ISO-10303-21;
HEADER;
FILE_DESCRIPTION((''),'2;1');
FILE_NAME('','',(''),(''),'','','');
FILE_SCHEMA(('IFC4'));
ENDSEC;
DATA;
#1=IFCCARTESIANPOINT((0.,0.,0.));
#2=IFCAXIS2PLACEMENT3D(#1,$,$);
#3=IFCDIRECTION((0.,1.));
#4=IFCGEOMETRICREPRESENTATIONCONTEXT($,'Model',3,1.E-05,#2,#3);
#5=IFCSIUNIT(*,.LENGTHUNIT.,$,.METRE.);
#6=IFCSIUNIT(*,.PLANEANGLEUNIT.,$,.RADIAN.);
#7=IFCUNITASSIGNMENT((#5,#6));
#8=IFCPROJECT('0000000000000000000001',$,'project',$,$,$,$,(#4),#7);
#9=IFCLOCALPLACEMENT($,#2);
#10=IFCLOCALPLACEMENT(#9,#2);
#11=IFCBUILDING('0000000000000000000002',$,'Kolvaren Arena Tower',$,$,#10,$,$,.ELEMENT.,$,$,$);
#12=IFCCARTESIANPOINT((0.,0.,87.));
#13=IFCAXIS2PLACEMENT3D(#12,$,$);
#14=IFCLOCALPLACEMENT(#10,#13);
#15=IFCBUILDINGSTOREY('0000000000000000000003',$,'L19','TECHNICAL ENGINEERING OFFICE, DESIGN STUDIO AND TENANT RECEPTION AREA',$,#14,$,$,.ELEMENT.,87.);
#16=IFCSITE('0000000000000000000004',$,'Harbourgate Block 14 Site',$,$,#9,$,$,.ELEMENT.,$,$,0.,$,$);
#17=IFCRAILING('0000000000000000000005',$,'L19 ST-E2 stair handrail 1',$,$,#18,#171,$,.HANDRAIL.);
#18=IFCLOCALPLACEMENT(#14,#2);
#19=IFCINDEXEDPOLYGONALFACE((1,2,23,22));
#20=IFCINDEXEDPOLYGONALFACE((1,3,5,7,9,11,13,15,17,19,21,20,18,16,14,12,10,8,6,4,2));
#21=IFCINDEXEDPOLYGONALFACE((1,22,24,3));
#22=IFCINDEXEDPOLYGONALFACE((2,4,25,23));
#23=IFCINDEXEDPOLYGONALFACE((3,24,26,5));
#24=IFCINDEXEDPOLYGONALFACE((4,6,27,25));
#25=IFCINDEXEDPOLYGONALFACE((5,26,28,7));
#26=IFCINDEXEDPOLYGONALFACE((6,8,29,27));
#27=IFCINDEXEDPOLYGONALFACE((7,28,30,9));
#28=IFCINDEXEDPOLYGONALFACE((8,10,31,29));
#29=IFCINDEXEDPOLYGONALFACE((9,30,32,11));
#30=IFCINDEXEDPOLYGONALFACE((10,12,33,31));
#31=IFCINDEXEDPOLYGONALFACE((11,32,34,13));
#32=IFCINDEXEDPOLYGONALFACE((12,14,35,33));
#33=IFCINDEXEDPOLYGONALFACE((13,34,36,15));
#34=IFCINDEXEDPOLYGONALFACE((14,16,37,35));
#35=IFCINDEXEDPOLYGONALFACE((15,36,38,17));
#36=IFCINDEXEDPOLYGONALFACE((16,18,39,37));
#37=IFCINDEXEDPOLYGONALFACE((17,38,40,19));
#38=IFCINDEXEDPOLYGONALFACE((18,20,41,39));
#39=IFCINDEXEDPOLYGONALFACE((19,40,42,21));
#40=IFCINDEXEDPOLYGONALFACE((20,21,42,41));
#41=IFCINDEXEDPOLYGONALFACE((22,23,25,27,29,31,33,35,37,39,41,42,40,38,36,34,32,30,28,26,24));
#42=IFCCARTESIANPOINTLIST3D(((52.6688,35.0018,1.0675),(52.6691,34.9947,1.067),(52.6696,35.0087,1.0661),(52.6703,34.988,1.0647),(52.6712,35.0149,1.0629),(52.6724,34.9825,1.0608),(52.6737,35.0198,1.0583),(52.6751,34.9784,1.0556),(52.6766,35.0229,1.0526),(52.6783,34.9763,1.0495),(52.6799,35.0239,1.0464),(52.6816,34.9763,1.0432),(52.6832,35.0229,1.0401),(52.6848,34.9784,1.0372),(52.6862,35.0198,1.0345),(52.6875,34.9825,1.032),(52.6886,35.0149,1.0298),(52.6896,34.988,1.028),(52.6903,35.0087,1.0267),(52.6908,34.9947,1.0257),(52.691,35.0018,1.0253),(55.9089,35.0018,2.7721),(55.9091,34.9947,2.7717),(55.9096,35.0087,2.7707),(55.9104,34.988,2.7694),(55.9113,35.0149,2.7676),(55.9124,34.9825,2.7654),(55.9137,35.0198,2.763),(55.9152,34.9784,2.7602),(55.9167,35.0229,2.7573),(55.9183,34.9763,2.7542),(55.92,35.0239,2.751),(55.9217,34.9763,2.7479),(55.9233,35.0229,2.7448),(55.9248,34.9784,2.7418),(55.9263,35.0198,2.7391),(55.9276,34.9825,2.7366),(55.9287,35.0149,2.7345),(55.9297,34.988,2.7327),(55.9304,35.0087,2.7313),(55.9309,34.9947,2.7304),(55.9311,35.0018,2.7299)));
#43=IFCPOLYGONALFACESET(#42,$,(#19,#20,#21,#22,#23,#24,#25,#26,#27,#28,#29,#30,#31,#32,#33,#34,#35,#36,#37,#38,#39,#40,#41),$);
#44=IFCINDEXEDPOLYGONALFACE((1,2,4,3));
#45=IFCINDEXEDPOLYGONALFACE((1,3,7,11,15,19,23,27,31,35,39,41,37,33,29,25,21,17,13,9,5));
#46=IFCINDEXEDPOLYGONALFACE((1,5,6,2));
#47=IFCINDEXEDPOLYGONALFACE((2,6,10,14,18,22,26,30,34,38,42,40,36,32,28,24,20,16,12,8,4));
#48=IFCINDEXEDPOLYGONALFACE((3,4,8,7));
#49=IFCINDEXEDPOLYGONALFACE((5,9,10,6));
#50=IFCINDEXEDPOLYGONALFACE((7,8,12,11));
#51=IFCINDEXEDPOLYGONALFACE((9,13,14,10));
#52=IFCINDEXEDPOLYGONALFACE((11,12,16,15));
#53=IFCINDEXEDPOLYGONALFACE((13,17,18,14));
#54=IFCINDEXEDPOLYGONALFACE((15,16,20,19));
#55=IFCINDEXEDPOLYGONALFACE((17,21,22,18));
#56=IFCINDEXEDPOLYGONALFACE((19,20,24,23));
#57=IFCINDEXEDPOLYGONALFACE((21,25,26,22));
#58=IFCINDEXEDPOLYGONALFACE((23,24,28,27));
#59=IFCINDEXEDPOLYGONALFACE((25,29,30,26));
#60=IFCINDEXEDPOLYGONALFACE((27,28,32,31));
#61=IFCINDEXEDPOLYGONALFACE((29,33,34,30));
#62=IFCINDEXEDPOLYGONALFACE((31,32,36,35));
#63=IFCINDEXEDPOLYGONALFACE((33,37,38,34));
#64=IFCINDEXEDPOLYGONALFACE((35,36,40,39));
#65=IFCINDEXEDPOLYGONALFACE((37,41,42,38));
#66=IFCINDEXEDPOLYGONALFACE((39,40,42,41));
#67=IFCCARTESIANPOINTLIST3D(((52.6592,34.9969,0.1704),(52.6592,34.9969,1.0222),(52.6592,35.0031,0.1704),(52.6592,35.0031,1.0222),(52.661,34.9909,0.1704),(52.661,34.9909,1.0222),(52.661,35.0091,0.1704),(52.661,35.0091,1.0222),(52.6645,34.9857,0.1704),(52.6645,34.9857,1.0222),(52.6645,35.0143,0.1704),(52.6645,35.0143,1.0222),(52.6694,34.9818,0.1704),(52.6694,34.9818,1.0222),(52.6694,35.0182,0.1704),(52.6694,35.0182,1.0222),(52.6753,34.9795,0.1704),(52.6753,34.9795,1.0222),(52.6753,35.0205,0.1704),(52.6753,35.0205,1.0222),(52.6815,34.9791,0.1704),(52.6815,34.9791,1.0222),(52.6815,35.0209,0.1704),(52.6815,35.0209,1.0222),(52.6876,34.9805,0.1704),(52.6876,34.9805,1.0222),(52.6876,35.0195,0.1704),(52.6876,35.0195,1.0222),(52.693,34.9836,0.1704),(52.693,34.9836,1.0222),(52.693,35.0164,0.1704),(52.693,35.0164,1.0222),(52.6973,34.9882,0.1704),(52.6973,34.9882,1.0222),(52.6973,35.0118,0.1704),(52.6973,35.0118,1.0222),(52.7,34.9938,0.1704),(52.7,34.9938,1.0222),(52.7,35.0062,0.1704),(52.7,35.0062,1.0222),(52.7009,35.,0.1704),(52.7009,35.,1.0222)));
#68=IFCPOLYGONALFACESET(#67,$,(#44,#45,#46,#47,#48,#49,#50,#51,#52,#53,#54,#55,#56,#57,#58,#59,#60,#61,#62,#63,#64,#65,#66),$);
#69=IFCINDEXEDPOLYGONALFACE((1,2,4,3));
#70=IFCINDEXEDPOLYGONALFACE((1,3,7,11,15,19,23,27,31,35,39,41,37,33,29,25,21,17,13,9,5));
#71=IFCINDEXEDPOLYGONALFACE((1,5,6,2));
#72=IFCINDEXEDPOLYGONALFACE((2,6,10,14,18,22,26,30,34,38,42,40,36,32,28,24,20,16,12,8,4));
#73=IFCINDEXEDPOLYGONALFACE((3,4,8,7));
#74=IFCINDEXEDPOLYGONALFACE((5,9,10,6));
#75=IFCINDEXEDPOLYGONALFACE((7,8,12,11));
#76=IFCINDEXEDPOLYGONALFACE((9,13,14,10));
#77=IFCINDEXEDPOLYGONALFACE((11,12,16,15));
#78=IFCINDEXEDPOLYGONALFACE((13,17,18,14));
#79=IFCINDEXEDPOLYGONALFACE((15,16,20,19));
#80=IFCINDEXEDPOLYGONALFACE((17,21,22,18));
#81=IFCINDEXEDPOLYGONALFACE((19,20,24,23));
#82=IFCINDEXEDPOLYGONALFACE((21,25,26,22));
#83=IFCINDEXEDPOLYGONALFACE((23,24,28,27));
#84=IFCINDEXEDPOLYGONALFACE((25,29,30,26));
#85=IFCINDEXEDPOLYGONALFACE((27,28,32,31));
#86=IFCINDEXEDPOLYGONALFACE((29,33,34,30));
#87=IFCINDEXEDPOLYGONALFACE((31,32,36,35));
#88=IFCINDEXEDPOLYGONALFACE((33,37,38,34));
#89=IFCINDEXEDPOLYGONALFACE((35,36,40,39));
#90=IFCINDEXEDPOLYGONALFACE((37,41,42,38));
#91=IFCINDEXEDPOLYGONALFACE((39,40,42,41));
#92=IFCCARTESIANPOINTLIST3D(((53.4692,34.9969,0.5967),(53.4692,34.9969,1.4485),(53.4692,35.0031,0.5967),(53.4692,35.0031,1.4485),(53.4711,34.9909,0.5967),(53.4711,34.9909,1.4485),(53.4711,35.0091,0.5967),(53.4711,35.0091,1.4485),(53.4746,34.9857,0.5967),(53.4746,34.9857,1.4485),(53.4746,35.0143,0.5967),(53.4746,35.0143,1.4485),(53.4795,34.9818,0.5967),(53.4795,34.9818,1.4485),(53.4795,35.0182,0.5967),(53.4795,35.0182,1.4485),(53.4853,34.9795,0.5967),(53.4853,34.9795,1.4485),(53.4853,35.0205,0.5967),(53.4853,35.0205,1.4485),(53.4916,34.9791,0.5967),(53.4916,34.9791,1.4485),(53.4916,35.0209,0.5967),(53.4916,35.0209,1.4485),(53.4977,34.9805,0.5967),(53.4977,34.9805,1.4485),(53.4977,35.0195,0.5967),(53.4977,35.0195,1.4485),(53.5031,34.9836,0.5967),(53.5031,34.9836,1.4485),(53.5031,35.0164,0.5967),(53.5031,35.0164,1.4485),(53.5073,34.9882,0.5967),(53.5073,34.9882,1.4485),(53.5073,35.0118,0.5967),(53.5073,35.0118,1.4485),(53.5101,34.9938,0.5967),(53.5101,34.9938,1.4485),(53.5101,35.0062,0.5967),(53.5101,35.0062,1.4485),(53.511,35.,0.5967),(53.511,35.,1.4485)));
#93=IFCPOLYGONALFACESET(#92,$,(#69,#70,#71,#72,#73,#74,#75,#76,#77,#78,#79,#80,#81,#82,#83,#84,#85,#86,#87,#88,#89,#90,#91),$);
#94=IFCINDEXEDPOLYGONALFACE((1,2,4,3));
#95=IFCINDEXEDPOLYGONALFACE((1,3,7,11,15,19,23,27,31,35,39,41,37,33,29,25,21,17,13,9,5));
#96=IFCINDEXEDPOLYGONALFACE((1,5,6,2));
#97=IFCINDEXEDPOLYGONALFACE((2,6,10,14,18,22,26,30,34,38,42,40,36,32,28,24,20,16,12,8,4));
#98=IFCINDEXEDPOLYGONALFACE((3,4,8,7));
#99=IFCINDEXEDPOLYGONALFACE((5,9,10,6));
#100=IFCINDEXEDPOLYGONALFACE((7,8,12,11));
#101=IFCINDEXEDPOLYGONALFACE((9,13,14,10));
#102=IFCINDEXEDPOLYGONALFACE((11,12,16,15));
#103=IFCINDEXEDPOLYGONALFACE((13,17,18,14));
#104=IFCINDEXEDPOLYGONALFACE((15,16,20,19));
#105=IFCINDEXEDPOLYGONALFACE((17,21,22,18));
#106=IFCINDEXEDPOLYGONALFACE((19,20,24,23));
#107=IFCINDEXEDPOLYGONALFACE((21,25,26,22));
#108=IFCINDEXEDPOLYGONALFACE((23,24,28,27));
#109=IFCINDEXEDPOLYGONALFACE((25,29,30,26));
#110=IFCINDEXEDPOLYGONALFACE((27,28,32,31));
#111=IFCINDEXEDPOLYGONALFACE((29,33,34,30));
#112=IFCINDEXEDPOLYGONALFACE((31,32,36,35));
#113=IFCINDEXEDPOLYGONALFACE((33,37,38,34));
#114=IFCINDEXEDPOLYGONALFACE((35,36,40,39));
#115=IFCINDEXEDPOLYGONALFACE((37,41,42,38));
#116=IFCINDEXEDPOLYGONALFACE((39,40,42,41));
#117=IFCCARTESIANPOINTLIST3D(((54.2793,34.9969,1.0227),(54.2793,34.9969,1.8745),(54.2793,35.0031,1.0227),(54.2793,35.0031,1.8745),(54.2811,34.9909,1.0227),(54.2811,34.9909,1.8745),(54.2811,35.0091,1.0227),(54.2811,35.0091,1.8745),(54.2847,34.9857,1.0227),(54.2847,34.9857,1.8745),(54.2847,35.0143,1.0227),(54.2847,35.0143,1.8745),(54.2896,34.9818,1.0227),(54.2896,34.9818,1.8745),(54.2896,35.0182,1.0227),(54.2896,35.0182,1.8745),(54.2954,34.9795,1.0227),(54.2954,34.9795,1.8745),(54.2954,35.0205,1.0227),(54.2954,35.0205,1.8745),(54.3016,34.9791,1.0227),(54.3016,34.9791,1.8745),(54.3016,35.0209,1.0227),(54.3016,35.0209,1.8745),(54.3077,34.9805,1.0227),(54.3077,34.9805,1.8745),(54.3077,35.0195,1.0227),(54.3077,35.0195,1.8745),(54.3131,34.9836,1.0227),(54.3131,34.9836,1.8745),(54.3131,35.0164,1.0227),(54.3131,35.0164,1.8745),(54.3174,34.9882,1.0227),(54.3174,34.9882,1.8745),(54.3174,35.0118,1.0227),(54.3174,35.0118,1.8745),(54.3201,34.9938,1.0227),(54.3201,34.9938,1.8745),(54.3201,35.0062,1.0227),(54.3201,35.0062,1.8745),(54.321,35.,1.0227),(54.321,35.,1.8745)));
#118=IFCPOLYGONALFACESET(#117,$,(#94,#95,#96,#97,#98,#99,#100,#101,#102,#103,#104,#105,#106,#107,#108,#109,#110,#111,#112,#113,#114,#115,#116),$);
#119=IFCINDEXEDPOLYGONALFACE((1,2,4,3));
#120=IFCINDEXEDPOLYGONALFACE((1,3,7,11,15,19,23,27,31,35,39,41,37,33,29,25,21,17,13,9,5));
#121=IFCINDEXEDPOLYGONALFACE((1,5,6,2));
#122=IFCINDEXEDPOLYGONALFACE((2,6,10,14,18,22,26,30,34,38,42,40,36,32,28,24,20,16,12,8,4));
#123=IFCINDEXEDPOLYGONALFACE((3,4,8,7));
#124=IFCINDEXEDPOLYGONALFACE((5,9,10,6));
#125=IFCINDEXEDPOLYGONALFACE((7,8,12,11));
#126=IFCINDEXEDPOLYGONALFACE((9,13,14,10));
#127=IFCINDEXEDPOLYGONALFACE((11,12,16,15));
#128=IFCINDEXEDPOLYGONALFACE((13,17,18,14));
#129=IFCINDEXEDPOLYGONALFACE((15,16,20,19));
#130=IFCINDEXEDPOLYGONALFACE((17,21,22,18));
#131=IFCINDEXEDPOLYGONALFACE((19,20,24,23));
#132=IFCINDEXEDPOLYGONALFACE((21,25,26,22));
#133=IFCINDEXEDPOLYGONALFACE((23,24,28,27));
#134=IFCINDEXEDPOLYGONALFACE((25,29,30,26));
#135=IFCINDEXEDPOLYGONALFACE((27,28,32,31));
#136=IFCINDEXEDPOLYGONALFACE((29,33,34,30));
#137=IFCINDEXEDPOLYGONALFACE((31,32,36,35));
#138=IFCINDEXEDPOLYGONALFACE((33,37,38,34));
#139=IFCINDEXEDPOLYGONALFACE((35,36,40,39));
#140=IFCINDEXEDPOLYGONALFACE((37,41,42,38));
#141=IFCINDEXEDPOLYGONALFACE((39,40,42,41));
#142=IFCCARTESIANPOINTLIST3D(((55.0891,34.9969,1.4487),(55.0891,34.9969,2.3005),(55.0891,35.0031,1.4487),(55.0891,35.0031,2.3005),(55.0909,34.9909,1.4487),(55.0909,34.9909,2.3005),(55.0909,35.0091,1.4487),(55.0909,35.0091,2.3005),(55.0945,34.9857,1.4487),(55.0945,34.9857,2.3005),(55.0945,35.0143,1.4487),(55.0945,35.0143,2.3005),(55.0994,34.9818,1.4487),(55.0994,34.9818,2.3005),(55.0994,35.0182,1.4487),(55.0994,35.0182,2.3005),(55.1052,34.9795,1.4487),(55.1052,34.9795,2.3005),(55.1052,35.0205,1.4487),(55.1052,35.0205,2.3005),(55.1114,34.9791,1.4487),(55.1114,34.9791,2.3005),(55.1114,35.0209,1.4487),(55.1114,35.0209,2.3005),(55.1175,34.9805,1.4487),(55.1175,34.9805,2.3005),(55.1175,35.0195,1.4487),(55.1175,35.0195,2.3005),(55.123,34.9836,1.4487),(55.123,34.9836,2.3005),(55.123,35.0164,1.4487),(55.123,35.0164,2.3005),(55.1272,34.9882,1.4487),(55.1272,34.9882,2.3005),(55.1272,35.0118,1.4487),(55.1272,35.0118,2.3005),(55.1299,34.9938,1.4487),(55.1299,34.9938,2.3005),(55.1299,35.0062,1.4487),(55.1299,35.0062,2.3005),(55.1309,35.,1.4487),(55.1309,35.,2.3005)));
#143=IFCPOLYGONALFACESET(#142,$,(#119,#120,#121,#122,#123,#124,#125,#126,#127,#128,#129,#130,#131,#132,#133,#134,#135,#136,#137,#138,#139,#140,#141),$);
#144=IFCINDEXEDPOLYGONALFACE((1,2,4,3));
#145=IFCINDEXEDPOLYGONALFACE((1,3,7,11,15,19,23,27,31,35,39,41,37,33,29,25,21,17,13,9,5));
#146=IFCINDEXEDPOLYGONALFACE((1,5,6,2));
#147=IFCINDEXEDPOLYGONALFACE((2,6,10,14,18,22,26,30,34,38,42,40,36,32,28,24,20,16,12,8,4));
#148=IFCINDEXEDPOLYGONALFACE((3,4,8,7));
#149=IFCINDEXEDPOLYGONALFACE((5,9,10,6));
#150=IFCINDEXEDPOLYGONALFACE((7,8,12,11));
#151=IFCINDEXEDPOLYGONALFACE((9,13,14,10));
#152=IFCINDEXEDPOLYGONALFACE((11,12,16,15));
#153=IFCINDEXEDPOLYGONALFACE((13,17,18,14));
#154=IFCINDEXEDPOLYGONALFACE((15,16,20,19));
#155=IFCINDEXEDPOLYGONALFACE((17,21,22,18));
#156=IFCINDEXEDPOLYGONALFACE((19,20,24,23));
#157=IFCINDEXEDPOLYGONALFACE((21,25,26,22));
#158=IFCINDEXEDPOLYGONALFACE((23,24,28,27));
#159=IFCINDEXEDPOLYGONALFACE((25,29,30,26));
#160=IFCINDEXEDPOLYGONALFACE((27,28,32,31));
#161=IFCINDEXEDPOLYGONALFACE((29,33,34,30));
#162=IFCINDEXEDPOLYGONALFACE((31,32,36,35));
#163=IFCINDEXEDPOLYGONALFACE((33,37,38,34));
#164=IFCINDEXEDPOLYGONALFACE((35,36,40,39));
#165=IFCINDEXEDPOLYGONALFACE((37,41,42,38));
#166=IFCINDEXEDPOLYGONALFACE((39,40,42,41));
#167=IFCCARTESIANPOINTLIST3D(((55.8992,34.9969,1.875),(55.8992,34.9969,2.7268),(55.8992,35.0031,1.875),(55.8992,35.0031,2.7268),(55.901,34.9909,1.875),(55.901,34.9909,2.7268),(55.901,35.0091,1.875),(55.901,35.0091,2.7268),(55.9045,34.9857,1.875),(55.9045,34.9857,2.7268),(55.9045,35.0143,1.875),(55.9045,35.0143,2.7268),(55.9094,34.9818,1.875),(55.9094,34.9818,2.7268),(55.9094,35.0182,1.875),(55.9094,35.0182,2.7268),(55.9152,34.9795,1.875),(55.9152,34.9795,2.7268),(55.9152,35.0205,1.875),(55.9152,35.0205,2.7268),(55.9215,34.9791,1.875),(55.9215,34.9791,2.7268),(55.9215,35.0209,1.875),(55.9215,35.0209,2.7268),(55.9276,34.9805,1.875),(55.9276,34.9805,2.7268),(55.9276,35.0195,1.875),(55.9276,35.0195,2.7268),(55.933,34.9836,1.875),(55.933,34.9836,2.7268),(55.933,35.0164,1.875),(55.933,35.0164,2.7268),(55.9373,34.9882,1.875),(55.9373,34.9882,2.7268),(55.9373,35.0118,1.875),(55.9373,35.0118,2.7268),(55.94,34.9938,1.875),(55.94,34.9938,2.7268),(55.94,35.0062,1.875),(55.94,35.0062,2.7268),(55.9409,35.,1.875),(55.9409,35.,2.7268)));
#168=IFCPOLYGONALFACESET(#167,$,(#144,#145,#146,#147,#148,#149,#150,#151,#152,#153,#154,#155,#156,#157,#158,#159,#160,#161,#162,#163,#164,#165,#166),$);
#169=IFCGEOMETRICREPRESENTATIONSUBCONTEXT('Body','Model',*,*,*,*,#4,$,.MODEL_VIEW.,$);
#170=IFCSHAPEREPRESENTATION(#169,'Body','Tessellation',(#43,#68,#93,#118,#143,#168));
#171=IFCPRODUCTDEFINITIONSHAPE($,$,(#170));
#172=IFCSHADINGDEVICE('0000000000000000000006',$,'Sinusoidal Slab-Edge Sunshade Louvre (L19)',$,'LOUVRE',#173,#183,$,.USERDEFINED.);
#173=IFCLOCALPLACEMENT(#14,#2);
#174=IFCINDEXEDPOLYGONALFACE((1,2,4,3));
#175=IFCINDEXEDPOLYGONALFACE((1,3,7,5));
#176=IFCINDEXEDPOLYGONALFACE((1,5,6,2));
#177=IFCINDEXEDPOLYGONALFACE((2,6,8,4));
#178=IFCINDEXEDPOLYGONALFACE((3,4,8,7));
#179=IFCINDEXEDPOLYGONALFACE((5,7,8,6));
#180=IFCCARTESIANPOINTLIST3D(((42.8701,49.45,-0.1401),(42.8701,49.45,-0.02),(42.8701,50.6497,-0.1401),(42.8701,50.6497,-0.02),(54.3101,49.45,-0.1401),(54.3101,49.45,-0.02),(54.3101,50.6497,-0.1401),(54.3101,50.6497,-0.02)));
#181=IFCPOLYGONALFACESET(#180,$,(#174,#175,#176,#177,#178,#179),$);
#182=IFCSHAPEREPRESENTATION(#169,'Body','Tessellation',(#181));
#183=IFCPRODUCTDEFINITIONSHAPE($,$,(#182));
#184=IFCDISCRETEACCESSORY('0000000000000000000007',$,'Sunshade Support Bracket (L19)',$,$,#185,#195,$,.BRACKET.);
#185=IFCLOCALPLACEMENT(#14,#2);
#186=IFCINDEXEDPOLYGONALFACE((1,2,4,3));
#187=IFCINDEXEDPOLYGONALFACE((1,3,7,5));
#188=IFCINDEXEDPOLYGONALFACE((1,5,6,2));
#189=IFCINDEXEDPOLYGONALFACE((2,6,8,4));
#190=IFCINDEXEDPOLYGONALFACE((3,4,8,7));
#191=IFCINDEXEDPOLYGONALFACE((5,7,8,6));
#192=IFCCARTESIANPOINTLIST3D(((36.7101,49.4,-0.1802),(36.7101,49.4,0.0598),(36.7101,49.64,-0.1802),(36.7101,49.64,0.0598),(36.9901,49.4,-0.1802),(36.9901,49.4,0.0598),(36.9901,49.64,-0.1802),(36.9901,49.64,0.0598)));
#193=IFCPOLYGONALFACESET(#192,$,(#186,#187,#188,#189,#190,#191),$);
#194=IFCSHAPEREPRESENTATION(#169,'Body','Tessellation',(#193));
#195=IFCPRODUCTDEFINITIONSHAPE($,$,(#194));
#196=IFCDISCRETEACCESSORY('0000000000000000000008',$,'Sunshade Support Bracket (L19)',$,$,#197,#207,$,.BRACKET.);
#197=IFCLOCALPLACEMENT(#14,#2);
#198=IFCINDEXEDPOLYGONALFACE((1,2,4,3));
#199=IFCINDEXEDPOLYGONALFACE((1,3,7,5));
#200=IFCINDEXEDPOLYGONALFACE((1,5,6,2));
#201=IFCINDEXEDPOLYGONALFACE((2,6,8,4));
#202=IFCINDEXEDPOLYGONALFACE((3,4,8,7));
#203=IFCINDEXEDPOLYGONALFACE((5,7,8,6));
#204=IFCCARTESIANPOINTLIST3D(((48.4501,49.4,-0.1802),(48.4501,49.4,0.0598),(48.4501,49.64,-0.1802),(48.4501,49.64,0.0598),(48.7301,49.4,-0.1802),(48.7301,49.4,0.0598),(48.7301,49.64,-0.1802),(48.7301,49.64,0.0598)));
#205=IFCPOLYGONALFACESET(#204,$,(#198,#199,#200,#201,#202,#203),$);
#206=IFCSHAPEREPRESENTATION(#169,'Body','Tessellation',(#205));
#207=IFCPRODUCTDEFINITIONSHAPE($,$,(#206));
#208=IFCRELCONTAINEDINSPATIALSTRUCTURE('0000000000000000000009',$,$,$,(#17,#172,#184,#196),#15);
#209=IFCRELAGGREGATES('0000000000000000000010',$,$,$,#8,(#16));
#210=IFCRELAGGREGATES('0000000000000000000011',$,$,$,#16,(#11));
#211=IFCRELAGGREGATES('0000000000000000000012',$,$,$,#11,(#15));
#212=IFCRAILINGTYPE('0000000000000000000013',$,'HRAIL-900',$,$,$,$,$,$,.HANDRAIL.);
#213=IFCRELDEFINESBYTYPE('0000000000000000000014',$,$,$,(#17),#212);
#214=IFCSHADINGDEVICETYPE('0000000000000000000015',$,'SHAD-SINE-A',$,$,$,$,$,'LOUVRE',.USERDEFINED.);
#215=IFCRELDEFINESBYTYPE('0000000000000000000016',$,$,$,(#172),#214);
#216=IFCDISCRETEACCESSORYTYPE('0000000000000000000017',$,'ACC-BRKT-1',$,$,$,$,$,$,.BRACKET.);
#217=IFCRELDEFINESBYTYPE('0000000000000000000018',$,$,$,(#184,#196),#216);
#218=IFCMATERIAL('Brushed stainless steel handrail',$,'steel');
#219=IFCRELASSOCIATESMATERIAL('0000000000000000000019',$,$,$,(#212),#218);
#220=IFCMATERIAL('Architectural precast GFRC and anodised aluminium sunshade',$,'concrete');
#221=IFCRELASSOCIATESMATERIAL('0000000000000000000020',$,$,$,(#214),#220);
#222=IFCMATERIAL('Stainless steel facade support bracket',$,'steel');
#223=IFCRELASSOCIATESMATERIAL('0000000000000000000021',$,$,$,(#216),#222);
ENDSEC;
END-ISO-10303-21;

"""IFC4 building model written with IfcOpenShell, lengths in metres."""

from ifc_helpers import new_model, si_unit, direction, frame, origin, origin_2d, place, context, subcontext, project, spatial, rectangle, circle, extrude, material, type_object, element, save


model = new_model("IFC4")

# Units and contexts
model_context = context("Model", 3, precision=1e-05, world=origin(), true_north=direction((0.0, 1.0)))
body_context = subcontext(model_context, "Body", "Model", "MODEL_VIEW")
ifc_project = project(units=[si_unit("LENGTHUNIT", "METRE"), si_unit("PLANEANGLEUNIT", "RADIAN")], contexts=[model_context])

# Site, building, storey
site_placement = place(None, origin())
site = spatial("IfcSite", under=ifc_project, at=site_placement, Name="Harbourgate Block 14 Site", CompositionType="ELEMENT", RefElevation=0.0)
building_placement = place(site_placement, origin())
building = spatial("IfcBuilding", under=site, at=building_placement, Name="Kolvaren Arena Tower", CompositionType="ELEMENT")
storey_placement = place(building_placement, frame((0.0, 0.0, 87.0)))
storey = spatial("IfcBuildingStorey", under=building, at=storey_placement, Name="L19", Description="TECHNICAL ENGINEERING OFFICE, DESIGN STUDIO AND TENANT RECEPTION AREA", CompositionType="ELEMENT", Elevation=87.0)

# Railing
ifc_material_1 = material(Name="Brushed stainless steel handrail", Category="steel")
railing_type_1 = type_object("IfcRailingType", Name="HRAIL-900", PredefinedType="HANDRAIL", material=ifc_material_1)
railing_1_placement = place(storey_placement, frame((52.6799, 35.0, 0.1704)))
element("IfcRailing", 1, at=railing_1_placement, inside=storey, type_object=railing_type_1, Name="L19 ST-E2 stair handrail 1", PredefinedType="HANDRAIL", context=body_context, shape_type="SweptSolid", body=[
    extrude(circle(Radius=0.0239, at=origin_2d()), frame((0.0, 0.0, 0.876), z_axis=(0.884993, 0.0, 0.465604), x_axis=(0.0, 1.0, 0.0)), (0.0, 0.0, 1.0), 3.6611),
    extrude(circle(Radius=0.021, at=origin_2d()), origin(), (0.0, 0.0, 1.0), 0.8518),
    extrude(circle(Radius=0.021, at=origin_2d()), frame((0.8101, 0.0, 0.4263)), (0.0, 0.0, 1.0), 0.8518),
    extrude(circle(Radius=0.021, at=origin_2d()), frame((1.6201, 0.0, 0.8523)), (0.0, 0.0, 1.0), 0.8518),
    extrude(circle(Radius=0.021, at=origin_2d()), frame((2.4299, 0.0, 1.2783)), (0.0, 0.0, 1.0), 0.8518),
    extrude(circle(Radius=0.021, at=origin_2d()), frame((3.24, 0.0, 1.7046)), (0.0, 0.0, 1.0), 0.8518),
])

# Shading device
ifc_material_2 = material(Name="Architectural precast GFRC and anodised aluminium sunshade", Category="concrete")
shading_device_type = type_object("IfcShadingDeviceType", Name="SHAD-SINE-A", ElementType="LOUVRE", PredefinedType="USERDEFINED", material=ifc_material_2)
shading_device_placement = place(storey_placement, frame((48.5901, 50.0498, -0.1401), z_axis=(0.0, 0.0, 1.0), x_axis=(1.0, 0.0, 0.0)))
element("IfcShadingDevice", 2, at=shading_device_placement, inside=storey, type_object=shading_device_type, Name="Sinusoidal Slab-Edge Sunshade Louvre (L19)", ObjectType="LOUVRE", PredefinedType="USERDEFINED", context=body_context, shape_type="SweptSolid", body=[
    extrude(rectangle(XDim=11.4399, YDim=1.1997, at=origin_2d()), origin(), (0.0, 0.0, 1.0), 0.1201),
])

# Discrete accessories
ifc_material_3 = material(Name="Stainless steel facade support bracket", Category="steel")
discrete_accessory_type = type_object("IfcDiscreteAccessoryType", Name="ACC-BRKT-1", PredefinedType="BRACKET", material=ifc_material_3)
for number, where, z_axis, x_axis, name in (
    (3, (36.8501, 49.52, -0.1802), (0.0, 0.0, 1.0), (1.0, 0.0, 0.0), "Sunshade Support Bracket (L19)"),
    (4, (48.5901, 49.52, -0.1802), (0.0, 0.0, 1.0), (1.0, 0.0, 0.0), "Sunshade Support Bracket (L19)"),
):
    element("IfcDiscreteAccessory", number, at=place(storey_placement, frame(where, z_axis=z_axis, x_axis=x_axis)), inside=storey, type_object=discrete_accessory_type, Name=name, PredefinedType="BRACKET", context=body_context, shape_type="SweptSolid", body=[
        extrude(rectangle(XDim=0.28, YDim=0.24, at=origin_2d()), origin(), (0.0, 0.0, 1.0), 0.24),
    ])

save(model, "model.ifc")
